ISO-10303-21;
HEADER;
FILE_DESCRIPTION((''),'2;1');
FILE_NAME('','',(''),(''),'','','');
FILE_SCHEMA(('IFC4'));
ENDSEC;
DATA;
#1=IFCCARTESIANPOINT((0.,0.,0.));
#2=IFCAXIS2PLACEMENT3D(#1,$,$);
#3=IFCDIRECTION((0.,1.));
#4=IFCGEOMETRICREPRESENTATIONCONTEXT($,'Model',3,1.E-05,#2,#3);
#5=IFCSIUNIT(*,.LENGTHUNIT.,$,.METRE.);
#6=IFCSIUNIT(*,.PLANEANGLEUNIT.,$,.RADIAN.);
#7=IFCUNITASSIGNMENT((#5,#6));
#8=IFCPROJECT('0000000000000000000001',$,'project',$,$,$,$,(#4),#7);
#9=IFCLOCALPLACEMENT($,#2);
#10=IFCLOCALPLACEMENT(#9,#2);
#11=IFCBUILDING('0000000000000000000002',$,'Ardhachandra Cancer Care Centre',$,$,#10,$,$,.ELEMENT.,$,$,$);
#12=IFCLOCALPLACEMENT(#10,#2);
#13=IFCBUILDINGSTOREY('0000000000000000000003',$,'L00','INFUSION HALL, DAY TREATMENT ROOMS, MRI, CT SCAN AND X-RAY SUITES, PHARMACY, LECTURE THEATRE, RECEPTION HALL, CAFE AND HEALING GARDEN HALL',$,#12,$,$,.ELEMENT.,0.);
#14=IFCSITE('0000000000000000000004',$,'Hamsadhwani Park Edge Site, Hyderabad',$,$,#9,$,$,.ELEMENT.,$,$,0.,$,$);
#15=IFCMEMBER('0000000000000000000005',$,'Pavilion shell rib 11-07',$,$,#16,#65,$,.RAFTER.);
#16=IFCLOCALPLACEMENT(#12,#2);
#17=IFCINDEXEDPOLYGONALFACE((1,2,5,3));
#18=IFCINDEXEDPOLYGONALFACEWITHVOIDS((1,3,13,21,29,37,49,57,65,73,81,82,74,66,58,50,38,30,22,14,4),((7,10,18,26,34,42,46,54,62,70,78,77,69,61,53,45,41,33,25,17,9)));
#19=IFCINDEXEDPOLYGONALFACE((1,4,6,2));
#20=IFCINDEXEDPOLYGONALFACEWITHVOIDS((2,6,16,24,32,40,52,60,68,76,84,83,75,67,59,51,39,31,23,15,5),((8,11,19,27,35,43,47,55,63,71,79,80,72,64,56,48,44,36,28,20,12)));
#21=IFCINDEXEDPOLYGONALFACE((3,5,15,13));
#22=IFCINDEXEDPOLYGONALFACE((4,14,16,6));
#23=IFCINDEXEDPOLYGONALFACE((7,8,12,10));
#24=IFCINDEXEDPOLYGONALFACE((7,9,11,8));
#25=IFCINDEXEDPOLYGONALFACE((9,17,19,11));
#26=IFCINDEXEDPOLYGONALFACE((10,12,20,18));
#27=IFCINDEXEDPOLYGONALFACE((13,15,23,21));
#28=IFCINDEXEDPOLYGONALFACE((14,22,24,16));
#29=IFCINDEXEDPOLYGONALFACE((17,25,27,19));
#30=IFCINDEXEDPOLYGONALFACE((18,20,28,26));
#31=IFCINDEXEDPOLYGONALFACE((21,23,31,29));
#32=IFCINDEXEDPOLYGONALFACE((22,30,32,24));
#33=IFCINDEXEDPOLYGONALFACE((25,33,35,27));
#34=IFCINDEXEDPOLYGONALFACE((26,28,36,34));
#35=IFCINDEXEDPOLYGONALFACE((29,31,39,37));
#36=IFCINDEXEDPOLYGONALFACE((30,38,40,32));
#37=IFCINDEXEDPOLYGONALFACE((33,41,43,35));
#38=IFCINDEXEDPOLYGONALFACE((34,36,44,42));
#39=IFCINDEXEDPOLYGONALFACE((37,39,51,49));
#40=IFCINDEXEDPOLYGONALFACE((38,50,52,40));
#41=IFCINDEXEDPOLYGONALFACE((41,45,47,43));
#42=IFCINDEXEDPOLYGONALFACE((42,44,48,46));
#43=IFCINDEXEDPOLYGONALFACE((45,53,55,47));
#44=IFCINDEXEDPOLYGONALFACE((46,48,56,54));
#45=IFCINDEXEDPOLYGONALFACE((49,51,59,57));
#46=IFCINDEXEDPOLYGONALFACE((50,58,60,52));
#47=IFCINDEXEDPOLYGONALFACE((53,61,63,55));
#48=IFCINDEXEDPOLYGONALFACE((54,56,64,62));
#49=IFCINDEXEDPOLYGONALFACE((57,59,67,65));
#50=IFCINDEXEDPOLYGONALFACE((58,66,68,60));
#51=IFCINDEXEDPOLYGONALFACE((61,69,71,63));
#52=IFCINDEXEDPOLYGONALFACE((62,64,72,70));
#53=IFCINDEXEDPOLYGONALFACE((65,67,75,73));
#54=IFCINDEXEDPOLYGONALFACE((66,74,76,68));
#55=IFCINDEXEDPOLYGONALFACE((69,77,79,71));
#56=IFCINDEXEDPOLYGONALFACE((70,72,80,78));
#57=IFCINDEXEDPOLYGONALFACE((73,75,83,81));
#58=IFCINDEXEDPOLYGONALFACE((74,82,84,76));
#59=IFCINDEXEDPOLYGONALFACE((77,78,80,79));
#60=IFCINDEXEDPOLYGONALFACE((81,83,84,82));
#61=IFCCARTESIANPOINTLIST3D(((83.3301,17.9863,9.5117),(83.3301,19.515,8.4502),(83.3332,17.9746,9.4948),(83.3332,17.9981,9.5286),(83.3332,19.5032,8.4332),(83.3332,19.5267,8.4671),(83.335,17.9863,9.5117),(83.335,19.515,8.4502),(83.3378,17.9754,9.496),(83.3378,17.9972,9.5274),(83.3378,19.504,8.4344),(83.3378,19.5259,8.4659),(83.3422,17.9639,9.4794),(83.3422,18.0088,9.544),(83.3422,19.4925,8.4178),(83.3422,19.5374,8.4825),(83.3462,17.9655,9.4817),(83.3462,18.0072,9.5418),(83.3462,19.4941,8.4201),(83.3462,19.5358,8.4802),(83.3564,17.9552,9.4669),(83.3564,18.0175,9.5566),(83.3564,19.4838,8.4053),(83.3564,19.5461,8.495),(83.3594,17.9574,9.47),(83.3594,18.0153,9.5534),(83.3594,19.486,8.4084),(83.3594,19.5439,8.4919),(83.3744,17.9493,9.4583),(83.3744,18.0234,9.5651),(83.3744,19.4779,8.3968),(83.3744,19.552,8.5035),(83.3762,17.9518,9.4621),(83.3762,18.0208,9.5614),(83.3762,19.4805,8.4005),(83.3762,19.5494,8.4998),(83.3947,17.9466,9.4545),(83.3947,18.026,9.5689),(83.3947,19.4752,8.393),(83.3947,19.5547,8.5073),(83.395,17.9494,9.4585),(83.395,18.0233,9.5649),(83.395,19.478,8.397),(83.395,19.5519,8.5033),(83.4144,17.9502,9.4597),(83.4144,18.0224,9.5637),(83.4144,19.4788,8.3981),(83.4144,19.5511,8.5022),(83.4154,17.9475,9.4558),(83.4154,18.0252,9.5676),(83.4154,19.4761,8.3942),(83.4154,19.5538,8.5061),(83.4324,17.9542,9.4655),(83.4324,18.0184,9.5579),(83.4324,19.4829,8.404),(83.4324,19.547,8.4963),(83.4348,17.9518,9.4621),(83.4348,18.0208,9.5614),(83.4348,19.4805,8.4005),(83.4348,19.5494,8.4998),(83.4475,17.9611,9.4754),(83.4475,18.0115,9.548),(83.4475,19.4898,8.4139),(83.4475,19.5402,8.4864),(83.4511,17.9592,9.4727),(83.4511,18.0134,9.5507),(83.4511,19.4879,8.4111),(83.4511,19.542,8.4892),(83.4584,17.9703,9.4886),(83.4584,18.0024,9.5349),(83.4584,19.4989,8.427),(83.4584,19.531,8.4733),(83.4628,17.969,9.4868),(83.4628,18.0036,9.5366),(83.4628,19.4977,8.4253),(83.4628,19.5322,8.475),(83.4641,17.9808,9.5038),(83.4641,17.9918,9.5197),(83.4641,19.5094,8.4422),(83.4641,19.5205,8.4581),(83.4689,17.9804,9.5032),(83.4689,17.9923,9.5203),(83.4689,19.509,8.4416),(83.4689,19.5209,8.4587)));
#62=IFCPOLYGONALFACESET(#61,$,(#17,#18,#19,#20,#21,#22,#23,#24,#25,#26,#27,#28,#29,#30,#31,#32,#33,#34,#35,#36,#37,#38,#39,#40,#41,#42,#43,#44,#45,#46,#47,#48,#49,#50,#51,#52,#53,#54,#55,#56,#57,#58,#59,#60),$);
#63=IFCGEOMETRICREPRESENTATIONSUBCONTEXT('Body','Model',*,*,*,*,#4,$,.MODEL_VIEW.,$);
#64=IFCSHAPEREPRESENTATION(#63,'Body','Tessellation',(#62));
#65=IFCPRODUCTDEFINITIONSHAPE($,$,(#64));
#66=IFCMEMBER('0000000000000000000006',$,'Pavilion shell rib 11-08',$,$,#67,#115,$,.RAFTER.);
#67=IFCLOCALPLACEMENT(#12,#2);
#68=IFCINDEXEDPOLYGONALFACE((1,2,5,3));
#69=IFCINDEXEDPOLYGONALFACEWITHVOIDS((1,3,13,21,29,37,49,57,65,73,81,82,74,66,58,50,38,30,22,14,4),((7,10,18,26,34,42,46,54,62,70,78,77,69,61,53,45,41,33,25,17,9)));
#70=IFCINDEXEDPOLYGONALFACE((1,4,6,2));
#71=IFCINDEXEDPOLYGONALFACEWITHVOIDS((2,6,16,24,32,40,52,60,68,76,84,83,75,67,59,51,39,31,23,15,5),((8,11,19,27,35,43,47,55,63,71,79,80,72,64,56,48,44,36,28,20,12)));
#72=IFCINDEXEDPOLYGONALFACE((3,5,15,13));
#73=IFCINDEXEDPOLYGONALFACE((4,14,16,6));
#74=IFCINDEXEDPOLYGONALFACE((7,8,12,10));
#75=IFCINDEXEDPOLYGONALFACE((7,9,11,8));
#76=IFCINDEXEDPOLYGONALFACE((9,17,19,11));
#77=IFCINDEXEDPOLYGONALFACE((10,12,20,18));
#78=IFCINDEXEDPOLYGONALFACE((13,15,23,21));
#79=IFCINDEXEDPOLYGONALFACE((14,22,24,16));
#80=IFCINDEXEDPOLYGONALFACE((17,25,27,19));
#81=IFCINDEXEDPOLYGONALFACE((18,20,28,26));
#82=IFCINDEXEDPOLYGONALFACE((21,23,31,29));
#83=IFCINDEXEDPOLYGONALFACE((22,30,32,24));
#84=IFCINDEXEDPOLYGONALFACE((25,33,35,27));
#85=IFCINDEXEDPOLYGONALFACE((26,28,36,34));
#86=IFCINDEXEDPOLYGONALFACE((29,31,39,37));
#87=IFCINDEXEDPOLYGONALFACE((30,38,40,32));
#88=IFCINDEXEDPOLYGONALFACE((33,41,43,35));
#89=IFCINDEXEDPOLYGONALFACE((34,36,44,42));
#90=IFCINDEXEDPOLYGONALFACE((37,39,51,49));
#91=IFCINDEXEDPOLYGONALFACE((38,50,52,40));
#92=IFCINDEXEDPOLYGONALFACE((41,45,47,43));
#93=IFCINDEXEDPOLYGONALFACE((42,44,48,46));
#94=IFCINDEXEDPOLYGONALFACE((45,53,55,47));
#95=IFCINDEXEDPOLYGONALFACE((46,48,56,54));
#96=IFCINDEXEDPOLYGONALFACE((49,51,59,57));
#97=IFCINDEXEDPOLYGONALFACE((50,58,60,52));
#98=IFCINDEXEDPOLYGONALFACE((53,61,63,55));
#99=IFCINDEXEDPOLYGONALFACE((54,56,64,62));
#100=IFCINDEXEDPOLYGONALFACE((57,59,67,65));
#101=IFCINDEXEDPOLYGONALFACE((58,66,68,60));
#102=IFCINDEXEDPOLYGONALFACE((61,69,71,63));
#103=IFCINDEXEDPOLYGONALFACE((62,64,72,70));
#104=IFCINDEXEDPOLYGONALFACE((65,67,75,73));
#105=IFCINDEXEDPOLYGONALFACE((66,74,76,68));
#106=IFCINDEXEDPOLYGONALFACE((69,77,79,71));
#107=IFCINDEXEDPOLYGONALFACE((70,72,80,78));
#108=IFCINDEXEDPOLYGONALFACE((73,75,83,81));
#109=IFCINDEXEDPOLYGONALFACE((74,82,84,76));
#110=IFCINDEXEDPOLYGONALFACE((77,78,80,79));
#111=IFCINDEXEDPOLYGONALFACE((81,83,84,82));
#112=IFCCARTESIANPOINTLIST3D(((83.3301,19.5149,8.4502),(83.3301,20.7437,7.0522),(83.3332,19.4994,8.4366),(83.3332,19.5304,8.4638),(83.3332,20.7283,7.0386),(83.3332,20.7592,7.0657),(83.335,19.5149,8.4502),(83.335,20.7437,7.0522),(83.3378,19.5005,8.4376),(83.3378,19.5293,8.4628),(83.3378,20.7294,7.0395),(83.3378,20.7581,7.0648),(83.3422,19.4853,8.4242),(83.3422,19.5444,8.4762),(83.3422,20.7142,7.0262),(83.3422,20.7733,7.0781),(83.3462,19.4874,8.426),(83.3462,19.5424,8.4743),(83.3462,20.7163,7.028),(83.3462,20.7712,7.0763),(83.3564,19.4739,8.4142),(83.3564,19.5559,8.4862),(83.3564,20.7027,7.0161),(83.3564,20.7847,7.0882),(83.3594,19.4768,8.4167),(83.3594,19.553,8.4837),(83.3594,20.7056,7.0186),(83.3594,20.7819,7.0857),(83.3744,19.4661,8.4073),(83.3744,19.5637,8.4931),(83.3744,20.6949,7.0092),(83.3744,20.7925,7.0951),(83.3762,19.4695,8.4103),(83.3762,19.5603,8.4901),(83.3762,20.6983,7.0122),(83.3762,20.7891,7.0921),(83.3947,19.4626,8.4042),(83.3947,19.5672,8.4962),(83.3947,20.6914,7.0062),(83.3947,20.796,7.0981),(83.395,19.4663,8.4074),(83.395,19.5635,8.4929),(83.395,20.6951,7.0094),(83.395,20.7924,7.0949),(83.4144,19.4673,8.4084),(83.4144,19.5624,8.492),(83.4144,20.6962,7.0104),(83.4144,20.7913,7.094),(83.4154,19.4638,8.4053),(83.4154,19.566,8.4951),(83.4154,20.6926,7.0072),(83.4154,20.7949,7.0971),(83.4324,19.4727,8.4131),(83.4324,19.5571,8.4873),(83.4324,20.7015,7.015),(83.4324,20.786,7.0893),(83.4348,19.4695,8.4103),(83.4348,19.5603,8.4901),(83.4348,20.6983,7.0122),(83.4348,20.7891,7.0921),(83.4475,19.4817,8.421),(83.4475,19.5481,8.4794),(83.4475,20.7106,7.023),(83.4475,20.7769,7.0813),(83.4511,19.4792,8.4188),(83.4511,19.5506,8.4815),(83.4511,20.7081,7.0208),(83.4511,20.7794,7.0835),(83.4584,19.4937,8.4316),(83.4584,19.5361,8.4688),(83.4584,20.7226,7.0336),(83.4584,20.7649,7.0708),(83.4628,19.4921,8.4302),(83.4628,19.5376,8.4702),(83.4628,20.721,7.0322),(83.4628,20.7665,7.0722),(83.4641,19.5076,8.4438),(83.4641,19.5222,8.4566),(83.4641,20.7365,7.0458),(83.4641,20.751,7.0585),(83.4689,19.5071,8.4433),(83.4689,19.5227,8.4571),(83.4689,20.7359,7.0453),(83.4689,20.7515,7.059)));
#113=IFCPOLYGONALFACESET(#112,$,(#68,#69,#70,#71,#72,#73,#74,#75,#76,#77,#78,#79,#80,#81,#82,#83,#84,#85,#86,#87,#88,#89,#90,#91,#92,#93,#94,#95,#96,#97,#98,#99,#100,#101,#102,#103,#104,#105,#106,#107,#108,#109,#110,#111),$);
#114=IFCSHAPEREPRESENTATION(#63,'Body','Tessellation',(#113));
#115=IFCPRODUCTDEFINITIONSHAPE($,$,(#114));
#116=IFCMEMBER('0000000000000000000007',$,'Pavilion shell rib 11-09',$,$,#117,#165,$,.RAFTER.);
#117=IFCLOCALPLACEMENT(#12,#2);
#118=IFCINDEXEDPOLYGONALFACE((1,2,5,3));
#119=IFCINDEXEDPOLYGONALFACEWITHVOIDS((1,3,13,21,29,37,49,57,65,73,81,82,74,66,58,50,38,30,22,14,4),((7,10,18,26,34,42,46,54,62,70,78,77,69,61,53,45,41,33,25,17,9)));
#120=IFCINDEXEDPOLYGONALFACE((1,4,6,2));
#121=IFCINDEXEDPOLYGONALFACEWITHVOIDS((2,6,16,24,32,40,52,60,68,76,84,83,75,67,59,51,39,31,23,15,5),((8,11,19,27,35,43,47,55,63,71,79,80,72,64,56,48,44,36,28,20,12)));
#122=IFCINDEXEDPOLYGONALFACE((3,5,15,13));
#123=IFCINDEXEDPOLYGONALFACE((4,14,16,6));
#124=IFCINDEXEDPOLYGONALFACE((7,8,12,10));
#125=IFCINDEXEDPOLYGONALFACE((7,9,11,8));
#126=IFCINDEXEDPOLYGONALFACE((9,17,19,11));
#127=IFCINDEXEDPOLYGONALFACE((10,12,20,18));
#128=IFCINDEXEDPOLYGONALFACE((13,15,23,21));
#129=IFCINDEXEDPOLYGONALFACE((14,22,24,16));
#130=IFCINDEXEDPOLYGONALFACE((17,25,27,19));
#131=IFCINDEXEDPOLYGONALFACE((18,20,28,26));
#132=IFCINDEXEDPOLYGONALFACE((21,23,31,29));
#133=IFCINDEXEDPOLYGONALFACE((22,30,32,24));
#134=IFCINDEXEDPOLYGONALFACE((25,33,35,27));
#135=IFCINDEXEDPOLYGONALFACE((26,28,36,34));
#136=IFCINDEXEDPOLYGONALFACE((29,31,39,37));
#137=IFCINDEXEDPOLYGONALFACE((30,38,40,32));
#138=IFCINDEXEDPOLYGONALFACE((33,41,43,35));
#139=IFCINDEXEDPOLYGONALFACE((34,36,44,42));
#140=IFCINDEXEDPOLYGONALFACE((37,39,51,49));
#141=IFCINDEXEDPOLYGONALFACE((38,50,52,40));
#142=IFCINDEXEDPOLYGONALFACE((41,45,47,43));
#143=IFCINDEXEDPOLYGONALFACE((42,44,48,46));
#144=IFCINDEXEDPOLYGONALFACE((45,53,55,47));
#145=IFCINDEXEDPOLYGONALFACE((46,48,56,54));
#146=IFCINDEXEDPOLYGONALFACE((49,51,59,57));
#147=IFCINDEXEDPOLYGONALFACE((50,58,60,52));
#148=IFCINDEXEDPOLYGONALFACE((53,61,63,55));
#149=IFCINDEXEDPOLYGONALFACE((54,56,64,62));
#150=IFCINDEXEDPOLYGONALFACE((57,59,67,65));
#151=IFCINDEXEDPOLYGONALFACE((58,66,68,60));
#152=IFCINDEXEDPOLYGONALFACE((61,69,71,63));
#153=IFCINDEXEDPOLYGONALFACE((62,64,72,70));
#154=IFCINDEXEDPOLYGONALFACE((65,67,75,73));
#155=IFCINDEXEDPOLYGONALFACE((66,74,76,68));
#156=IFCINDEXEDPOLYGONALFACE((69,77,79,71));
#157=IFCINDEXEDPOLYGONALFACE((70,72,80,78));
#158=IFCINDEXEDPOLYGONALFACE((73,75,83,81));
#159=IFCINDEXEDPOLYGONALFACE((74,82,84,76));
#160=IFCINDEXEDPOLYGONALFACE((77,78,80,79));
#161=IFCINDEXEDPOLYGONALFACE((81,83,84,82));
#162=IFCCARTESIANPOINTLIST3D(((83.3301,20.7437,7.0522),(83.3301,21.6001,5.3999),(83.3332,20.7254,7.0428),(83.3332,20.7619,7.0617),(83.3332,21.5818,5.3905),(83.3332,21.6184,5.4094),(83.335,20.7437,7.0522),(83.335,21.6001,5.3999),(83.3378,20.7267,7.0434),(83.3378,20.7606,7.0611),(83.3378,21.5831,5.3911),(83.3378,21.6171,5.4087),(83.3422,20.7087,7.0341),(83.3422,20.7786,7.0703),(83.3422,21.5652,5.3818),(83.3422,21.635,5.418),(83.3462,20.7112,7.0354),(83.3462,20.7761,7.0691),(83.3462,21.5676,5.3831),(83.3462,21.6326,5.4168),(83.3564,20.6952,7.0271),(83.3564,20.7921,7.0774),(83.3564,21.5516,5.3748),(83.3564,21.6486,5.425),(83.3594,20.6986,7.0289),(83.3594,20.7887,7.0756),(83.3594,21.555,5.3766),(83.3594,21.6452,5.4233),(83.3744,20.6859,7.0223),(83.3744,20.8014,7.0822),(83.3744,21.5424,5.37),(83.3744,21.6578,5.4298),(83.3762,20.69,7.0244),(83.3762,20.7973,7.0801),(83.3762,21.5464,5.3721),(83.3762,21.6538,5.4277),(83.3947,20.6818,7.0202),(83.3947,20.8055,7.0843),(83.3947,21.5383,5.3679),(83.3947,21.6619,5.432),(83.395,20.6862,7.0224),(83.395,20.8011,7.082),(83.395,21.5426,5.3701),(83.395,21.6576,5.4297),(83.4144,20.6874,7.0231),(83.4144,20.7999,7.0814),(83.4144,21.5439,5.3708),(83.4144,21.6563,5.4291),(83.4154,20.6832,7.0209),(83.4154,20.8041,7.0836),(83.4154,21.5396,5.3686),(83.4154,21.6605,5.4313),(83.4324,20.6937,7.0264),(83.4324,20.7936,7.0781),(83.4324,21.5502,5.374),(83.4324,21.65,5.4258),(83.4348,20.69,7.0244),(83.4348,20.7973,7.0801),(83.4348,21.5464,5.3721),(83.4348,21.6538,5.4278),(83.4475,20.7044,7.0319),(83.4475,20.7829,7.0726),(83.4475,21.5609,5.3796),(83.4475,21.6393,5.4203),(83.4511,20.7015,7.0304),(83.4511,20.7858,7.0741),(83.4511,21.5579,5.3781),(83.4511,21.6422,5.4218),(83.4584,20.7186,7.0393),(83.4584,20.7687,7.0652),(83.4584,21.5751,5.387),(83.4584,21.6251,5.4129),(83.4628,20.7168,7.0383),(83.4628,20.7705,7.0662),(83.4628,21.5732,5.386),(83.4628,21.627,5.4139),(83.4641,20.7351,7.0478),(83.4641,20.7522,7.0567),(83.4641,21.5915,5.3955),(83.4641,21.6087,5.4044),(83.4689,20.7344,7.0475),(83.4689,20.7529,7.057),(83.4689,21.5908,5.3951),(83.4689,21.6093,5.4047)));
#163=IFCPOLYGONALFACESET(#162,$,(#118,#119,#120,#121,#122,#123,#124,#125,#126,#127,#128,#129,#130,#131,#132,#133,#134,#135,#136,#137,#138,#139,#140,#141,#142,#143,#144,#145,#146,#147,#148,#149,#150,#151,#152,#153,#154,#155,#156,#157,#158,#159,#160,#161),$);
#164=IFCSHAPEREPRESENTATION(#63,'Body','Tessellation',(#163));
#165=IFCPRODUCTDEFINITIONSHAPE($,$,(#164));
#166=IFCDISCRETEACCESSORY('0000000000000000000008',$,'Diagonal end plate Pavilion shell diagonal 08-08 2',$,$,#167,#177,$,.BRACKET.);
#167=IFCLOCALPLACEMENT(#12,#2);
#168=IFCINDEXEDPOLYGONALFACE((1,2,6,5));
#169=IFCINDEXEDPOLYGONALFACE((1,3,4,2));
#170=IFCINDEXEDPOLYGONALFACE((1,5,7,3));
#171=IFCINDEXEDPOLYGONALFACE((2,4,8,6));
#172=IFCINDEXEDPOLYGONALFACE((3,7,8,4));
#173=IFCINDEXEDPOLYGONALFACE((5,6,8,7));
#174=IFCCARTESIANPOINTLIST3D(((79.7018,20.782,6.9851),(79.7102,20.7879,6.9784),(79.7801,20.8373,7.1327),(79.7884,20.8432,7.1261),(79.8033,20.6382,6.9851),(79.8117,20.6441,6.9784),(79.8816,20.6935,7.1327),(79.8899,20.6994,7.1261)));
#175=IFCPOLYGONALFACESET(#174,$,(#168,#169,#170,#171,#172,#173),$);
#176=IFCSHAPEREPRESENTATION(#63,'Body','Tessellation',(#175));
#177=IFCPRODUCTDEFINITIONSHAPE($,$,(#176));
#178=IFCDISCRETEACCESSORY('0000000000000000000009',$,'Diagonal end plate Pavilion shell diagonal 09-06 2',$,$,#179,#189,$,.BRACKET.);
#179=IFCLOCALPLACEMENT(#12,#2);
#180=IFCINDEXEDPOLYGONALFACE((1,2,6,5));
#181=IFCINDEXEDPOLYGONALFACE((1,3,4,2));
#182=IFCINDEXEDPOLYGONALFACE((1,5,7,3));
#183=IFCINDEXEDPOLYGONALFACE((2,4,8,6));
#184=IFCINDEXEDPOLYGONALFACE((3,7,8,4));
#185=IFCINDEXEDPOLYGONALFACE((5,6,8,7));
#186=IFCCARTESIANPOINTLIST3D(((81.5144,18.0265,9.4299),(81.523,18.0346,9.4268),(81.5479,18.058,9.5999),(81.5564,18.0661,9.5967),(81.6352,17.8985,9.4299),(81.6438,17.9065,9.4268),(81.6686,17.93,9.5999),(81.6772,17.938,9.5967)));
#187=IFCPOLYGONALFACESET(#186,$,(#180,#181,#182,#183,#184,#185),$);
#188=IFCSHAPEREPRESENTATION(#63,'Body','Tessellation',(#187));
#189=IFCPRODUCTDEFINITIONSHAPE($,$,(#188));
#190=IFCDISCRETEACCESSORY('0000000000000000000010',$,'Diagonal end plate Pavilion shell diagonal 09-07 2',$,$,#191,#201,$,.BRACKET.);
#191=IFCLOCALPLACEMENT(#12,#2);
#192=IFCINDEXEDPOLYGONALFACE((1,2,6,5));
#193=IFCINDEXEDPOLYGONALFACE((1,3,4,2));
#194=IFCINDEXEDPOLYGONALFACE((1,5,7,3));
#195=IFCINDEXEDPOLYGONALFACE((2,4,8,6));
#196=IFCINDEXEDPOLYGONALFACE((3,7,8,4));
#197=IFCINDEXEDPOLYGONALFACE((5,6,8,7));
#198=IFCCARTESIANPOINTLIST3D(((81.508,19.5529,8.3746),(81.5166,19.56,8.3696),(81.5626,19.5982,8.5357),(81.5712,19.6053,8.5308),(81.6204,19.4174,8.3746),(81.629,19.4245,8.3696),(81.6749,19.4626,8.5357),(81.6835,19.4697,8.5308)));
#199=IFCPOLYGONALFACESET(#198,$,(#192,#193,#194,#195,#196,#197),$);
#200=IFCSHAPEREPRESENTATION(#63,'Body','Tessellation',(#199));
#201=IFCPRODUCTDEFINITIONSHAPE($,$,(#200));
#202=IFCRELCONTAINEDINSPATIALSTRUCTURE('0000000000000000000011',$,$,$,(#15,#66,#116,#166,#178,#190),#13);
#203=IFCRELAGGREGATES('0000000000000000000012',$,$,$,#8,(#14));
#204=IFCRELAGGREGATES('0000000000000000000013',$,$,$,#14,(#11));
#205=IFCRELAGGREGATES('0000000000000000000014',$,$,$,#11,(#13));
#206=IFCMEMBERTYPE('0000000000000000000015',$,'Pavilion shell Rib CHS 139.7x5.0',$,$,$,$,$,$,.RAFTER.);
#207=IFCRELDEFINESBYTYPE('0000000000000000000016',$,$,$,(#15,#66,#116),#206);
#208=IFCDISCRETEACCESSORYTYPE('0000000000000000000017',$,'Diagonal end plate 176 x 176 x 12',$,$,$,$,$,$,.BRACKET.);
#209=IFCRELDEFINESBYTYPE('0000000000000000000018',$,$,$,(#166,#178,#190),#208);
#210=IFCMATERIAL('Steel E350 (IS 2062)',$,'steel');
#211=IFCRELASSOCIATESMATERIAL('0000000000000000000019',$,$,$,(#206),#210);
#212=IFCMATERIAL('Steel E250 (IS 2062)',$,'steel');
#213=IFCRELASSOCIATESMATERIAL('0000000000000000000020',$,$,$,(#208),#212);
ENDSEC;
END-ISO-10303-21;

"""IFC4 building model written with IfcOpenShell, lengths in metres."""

from ifc_helpers import new_model, si_unit, direction, frame, origin, origin_2d, place, context, subcontext, project, spatial, rectangle, hollow_circle, extrude, material, material_profile, profile_set, type_object, element, save


model = new_model("IFC4")

# Units and contexts
model_context = context("Model", 3, precision=1e-05, world=origin(), true_north=direction((0.0, 1.0)))
body_context = subcontext(model_context, "Body", "Model", "MODEL_VIEW")
ifc_project = project(units=[si_unit("LENGTHUNIT", "METRE"), si_unit("PLANEANGLEUNIT", "RADIAN")], contexts=[model_context])

# Site, building, storey
site_placement = place(None, origin())
site = spatial("IfcSite", under=ifc_project, at=site_placement, Name="Hamsadhwani Park Edge Site, Hyderabad", CompositionType="ELEMENT", RefElevation=0.0)
building_placement = place(site_placement, origin())
building = spatial("IfcBuilding", under=site, at=building_placement, Name="Ardhachandra Cancer Care Centre", CompositionType="ELEMENT")
storey_placement = place(building_placement, origin())
storey = spatial("IfcBuildingStorey", under=building, at=storey_placement, Name="L00", Description="INFUSION HALL, DAY TREATMENT ROOMS, MRI, CT SCAN AND X-RAY SUITES, PHARMACY, LECTURE THEATRE, RECEPTION HALL, CAFE AND HEALING GARDEN HALL", CompositionType="ELEMENT", Elevation=0.0)

# Members
ifc_material_1 = material(Name="Steel E350 (IS 2062)", Category="steel")
ifc_material_profile_1 = material_profile(ifc_material_1, hollow_circle(Radius=0.0698, WallThickness=0.0049, at=origin_2d()), Name="CHS 139.7x5.0")
ifc_profile_set_1 = profile_set([ifc_material_profile_1], Name="Steel E350 (IS 2062)")
member_type_1 = type_object("IfcMemberType", Name="Pavilion shell Rib CHS 139.7x5.0", PredefinedType="RAFTER", material=ifc_profile_set_1)
for number, where, z_axis, x_axis, name in (
    (1, (83.3999, 17.9863, 9.5117), (0.0, 0.821365, -0.570403), (-1.0, 0.0, 0.0), "Pavilion shell rib 11-07"),
):
    element("IfcMember", number, at=place(storey_placement, frame(where, z_axis=z_axis, x_axis=x_axis)), inside=storey, type_object=member_type_1, Name=name, PredefinedType="RAFTER", context=body_context, shape_type="SweptSolid", body=[
        extrude(hollow_circle(Radius=0.0698, WallThickness=0.0049, at=origin_2d()), origin(), (0.0, 0.0, 1.0), 1.8611),
    ])
member_1_placement = place(storey_placement, frame((83.3999, 19.5149, 8.4502), z_axis=(0.0, 0.660193, -0.751096), x_axis=(-1.0, 0.0, 0.0)))
element("IfcMember", 2, at=member_1_placement, inside=storey, type_object=member_type_1, Name="Pavilion shell rib 11-08", PredefinedType="RAFTER", context=body_context, shape_type="SweptSolid", body=[
    extrude(hollow_circle(Radius=0.0698, WallThickness=0.0049, at=origin_2d()), origin(), (0.0, 0.0, 1.0), 1.8613),
])
member_2_placement = place(storey_placement, frame((83.3999, 20.7437, 7.0522), z_axis=(0.0, 0.460179, -0.887826), x_axis=(-1.0, 0.0, 0.0)))
element("IfcMember", 3, at=member_2_placement, inside=storey, type_object=member_type_1, Name="Pavilion shell rib 11-09", PredefinedType="RAFTER", context=body_context, shape_type="SweptSolid", body=[
    extrude(hollow_circle(Radius=0.0698, WallThickness=0.0049, at=origin_2d()), origin(), (0.0, 0.0, 1.0), 1.8611),
])

# Discrete accessories
ifc_material_2 = material(Name="Steel E250 (IS 2062)", Category="steel")
ifc_material_profile_2 = material_profile(ifc_material_2, rectangle(XDim=0.176, YDim=0.176, at=origin_2d()), Name="PL 176x176x12")
ifc_profile_set_2 = profile_set([ifc_material_profile_2], Name="Steel E250 (IS 2062)")
discrete_accessory_type = type_object("IfcDiscreteAccessoryType", Name="Diagonal end plate 176 x 176 x 12", PredefinedType="BRACKET", material=ifc_profile_set_2)
for number, where, z_axis, x_axis, name in (
    (4, (79.8, 20.7437, 7.0522), (-0.685367, -0.483788, 0.544262), (0.576683, -0.816968, 0.0), "Diagonal end plate Pavilion shell diagonal 08-08 2"),
    (5, (81.6001, 17.9863, 9.5117), (-0.702392, -0.662256, 0.260889), (0.686013, -0.727589, 0.0), "Diagonal end plate Pavilion shell diagonal 09-06 2"),
    (6, (81.6001, 19.5149, 8.4502), (-0.704809, -0.583985, 0.402748), (0.638018, -0.770022, 0.0), "Diagonal end plate Pavilion shell diagonal 09-07 2"),
):
    element("IfcDiscreteAccessory", number, at=place(storey_placement, frame(where, z_axis=z_axis, x_axis=x_axis)), inside=storey, type_object=discrete_accessory_type, Name=name, PredefinedType="BRACKET", context=body_context, shape_type="SweptSolid", body=[
        extrude(rectangle(XDim=0.176, YDim=0.176, at=origin_2d()), origin(), (0.0, 0.0, 1.0), 0.0122),
    ])

save(model, "model.ifc")
